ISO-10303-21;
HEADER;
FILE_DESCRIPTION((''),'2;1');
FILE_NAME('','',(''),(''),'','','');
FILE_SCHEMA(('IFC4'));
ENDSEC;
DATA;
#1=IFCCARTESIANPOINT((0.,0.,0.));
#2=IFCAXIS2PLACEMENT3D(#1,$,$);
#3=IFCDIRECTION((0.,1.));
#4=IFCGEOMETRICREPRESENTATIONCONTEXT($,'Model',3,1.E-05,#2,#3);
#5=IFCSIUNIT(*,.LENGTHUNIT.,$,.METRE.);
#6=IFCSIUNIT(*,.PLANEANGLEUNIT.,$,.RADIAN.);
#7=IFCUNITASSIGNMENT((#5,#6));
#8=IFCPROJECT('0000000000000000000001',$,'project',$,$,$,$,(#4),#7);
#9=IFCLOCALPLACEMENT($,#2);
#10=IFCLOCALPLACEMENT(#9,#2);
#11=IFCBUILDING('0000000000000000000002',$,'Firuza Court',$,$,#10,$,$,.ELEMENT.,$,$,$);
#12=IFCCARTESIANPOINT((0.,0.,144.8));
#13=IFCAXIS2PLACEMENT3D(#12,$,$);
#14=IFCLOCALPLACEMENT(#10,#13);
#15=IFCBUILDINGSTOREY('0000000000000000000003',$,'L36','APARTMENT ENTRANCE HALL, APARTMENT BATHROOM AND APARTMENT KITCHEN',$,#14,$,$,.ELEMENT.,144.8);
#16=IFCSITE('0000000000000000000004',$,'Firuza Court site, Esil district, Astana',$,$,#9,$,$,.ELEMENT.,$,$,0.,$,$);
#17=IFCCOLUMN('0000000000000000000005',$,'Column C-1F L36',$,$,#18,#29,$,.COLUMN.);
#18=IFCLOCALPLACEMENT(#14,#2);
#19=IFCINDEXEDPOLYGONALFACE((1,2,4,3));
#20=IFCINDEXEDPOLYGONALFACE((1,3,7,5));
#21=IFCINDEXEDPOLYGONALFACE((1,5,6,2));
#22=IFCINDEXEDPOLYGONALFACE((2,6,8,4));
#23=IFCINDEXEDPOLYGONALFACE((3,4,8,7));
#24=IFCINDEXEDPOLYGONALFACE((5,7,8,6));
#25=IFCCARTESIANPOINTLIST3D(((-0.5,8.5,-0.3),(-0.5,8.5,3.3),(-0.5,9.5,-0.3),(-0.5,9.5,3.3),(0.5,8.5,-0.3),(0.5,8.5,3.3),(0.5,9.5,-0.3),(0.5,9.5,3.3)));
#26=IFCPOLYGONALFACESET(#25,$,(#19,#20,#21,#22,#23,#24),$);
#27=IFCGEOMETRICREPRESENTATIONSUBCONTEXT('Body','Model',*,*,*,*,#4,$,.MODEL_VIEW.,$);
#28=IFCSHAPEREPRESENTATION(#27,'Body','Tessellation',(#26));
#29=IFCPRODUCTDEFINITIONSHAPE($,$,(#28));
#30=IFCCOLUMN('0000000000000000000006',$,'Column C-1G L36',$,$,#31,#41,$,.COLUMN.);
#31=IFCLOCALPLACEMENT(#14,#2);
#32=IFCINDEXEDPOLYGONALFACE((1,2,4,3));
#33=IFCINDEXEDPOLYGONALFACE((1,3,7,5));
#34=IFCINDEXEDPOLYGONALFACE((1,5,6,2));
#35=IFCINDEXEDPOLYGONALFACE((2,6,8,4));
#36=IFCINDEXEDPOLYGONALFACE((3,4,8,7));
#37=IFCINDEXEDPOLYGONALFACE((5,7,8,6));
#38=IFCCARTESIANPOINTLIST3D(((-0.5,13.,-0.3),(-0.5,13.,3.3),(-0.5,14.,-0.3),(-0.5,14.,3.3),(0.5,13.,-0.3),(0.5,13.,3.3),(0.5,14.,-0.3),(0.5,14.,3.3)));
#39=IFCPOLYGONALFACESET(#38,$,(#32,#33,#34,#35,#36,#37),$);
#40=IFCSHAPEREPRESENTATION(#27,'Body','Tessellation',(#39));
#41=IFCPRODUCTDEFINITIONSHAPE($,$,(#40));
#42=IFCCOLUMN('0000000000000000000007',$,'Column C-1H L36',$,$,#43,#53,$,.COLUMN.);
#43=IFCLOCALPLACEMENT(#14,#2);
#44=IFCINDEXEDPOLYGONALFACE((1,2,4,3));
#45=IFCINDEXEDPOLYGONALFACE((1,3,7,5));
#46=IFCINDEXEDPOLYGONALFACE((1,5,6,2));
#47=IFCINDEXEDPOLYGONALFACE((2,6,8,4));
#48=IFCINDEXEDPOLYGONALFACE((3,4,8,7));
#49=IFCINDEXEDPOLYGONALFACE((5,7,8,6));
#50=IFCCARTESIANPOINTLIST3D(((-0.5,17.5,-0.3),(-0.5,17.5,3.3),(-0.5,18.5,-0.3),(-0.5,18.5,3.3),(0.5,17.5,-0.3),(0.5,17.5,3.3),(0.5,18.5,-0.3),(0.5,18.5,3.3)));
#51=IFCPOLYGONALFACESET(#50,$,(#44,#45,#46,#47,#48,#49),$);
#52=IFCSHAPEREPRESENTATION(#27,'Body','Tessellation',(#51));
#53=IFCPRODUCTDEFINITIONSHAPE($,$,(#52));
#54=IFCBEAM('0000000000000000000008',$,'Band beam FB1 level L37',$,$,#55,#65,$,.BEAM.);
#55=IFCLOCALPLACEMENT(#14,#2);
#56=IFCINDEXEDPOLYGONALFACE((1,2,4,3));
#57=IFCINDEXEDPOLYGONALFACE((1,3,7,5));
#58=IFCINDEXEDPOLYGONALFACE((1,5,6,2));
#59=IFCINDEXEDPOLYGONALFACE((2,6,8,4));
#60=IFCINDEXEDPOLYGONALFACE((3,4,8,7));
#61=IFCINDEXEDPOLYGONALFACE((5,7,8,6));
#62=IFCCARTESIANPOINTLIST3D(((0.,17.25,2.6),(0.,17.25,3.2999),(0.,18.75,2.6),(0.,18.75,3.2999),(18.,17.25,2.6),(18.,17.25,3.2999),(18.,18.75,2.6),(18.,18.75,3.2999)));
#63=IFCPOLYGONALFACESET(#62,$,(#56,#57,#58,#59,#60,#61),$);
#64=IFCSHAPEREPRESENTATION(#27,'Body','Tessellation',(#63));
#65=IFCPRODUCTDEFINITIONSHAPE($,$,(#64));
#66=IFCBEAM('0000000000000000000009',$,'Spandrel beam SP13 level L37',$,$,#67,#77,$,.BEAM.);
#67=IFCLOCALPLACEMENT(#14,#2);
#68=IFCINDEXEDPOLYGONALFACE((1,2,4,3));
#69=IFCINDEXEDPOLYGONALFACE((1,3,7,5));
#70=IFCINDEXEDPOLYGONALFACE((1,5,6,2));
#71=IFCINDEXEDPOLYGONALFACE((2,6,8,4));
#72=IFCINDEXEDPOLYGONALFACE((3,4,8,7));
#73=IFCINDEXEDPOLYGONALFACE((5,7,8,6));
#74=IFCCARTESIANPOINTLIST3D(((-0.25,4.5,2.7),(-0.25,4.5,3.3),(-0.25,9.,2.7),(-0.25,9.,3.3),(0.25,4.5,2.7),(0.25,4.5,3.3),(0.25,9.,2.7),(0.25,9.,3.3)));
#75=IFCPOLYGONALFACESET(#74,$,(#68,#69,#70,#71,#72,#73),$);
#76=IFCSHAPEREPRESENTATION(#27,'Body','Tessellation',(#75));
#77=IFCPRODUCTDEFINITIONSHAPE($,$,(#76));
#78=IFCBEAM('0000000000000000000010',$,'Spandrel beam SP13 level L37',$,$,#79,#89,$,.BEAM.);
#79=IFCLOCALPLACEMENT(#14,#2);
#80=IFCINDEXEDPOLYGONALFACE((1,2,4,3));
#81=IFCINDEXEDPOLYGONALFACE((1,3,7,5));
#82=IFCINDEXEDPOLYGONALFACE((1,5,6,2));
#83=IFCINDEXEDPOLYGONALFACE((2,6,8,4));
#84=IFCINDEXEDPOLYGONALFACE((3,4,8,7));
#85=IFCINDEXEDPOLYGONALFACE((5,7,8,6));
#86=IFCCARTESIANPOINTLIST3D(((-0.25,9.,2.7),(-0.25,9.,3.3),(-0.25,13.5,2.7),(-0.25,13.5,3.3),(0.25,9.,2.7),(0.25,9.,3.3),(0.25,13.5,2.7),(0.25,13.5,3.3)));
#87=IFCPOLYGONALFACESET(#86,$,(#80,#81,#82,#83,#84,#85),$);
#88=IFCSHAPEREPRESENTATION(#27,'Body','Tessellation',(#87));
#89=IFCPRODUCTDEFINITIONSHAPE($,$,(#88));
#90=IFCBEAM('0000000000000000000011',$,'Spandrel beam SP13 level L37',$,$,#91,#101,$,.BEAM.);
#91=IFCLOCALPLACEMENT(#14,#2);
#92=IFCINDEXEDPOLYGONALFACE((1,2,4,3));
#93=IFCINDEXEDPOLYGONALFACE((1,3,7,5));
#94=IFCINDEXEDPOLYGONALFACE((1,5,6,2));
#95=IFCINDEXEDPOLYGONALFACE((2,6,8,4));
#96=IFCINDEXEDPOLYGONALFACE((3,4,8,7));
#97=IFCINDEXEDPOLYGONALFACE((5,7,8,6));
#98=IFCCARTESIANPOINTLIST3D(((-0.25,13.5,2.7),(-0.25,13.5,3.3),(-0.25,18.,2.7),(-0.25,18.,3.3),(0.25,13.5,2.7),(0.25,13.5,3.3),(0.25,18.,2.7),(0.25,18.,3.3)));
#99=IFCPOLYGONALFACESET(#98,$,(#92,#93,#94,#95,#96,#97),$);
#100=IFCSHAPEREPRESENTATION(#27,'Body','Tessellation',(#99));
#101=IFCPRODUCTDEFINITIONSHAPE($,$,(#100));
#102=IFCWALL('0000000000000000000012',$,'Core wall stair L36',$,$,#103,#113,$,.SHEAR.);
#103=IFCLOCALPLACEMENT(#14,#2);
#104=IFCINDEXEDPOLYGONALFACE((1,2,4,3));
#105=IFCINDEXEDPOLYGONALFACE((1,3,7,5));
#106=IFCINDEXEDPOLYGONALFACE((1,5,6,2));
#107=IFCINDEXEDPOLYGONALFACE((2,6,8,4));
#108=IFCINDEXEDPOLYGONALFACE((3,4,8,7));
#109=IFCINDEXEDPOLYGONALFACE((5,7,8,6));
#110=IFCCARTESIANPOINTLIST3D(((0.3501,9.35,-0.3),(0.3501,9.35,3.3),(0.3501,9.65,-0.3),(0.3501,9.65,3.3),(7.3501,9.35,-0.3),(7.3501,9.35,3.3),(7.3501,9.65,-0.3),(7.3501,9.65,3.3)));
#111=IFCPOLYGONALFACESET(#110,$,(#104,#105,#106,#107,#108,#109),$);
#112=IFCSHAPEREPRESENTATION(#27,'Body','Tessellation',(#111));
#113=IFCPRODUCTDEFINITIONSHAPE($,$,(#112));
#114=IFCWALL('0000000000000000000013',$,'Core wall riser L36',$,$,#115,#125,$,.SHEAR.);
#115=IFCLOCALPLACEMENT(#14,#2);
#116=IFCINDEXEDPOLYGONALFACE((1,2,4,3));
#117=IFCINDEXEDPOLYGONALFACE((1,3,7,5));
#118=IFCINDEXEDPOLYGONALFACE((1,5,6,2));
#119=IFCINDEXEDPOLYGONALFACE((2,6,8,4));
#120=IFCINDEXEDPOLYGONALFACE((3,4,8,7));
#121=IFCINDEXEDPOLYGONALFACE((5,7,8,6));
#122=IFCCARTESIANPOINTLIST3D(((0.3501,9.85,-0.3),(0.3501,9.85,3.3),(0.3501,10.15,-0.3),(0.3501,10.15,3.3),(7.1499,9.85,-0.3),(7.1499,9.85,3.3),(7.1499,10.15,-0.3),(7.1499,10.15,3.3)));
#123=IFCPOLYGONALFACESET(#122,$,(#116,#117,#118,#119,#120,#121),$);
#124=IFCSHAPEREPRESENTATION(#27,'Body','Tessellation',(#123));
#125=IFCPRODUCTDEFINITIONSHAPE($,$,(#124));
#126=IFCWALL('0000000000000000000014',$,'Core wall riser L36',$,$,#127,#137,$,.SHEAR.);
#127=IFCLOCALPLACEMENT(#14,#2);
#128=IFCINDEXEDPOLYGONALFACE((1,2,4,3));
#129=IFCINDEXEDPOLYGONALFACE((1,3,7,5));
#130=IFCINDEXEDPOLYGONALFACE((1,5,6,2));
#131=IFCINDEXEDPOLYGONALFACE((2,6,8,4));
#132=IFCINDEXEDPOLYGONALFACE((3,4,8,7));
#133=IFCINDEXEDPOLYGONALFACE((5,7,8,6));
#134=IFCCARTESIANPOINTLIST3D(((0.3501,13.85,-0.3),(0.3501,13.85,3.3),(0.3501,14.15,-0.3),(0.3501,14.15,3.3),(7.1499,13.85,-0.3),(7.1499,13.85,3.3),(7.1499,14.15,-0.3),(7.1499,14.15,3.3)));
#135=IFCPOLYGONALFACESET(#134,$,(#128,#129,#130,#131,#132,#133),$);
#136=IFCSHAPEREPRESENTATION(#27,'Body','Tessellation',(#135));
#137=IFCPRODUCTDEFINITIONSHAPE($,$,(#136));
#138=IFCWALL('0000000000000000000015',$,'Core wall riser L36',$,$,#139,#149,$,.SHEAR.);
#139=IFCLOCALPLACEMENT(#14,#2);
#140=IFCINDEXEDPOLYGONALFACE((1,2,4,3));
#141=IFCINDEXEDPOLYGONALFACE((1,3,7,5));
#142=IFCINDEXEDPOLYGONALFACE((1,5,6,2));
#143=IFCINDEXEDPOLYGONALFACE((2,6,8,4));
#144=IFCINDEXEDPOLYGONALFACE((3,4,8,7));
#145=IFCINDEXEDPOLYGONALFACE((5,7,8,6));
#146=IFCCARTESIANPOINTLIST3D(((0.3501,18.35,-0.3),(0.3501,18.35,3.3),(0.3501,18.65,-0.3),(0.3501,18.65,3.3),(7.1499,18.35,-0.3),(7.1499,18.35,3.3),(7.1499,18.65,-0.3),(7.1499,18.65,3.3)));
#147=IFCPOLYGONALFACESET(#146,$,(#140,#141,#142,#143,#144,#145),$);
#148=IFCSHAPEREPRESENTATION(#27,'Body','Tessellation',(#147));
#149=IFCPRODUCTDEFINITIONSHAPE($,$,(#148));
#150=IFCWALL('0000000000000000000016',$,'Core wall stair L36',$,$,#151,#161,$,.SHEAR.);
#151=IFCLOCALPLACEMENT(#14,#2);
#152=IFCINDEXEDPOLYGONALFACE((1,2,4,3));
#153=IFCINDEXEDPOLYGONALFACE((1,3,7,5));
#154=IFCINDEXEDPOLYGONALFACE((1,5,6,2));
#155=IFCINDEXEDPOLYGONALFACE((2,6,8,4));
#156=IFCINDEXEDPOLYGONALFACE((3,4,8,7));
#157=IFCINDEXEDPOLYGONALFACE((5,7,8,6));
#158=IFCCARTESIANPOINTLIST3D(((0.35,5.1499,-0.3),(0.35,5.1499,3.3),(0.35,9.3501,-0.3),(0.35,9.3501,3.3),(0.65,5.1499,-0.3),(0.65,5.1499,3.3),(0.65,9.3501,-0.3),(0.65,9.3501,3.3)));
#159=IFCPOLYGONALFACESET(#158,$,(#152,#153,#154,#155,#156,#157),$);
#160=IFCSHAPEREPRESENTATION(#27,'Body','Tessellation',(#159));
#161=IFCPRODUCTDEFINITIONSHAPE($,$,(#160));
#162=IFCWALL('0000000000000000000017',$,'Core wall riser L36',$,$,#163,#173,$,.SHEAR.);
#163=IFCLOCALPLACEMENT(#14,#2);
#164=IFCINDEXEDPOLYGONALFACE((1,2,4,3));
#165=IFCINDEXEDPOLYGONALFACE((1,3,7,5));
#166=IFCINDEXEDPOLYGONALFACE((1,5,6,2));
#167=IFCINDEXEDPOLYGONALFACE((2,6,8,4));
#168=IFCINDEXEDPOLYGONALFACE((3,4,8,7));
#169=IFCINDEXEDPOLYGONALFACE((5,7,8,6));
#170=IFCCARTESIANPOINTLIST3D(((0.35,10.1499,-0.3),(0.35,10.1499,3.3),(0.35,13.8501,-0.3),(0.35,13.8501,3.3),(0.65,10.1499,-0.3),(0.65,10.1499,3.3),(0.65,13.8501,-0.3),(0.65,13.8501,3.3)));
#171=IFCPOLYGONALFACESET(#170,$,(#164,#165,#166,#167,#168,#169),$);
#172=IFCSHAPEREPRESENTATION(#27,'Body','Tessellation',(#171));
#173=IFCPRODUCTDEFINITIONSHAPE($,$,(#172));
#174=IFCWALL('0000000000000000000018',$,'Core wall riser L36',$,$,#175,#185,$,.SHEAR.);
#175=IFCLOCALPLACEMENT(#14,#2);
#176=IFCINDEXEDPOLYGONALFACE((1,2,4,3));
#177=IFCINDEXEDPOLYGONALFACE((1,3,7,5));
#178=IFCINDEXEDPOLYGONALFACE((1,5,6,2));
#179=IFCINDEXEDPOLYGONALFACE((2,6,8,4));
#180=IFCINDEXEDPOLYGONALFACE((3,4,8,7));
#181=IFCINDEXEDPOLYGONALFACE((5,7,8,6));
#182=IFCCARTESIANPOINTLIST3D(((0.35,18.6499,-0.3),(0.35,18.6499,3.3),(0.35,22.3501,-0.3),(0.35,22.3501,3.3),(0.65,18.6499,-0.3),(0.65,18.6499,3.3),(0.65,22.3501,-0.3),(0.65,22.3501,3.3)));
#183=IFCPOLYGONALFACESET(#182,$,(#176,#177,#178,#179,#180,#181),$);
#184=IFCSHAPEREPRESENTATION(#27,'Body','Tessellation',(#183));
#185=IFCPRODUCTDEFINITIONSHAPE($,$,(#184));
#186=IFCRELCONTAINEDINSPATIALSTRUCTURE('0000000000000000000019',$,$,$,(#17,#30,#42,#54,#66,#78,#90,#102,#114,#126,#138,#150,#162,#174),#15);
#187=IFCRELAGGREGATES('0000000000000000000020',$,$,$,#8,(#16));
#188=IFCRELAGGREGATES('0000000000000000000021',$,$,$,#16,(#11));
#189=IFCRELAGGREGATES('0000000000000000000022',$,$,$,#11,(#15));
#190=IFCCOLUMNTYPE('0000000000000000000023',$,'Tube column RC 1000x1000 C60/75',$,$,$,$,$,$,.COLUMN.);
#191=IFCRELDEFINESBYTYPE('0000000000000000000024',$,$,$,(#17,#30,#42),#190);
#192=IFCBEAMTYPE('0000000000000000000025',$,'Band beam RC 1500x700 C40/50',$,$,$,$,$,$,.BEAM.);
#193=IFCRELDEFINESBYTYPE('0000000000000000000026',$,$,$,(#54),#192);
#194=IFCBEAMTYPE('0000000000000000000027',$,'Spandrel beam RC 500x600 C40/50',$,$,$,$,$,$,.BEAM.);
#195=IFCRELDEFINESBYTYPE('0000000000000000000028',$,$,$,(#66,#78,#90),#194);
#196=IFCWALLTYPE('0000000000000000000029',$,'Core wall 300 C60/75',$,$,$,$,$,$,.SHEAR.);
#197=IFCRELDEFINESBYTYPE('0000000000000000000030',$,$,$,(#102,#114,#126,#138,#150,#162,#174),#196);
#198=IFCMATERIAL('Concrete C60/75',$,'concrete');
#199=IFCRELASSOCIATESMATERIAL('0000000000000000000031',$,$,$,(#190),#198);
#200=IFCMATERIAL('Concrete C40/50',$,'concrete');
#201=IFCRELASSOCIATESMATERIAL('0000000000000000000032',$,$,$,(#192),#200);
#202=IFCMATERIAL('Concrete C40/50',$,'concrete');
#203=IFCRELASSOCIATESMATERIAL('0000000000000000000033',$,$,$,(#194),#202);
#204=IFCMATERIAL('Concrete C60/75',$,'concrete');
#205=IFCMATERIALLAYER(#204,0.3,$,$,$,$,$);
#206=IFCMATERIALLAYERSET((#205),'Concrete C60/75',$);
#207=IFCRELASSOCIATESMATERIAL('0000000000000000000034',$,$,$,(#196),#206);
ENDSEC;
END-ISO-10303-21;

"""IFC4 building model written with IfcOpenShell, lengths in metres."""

from ifc_helpers import new_model, si_unit, direction, frame, frame_2d, origin, origin_2d, place, context, subcontext, project, spatial, rectangle, extrude, material, layer, layer_set, material_profile, profile_set, type_object, element, save


model = new_model("IFC4")

# Units and contexts
model_context = context("Model", 3, precision=1e-05, world=origin(), true_north=direction((0.0, 1.0)))
body_context = subcontext(model_context, "Body", "Model", "MODEL_VIEW")
ifc_project = project(units=[si_unit("LENGTHUNIT", "METRE"), si_unit("PLANEANGLEUNIT", "RADIAN")], contexts=[model_context])

# Site, building, storey
site_placement = place(None, origin())
site = spatial("IfcSite", under=ifc_project, at=site_placement, Name="Firuza Court site, Esil district, Astana", CompositionType="ELEMENT", RefElevation=0.0)
building_placement = place(site_placement, origin())
building = spatial("IfcBuilding", under=site, at=building_placement, Name="Firuza Court", CompositionType="ELEMENT")
storey_placement = place(building_placement, frame((0.0, 0.0, 144.8)))
storey = spatial("IfcBuildingStorey", under=building, at=storey_placement, Name="L36", Description="APARTMENT ENTRANCE HALL, APARTMENT BATHROOM AND APARTMENT KITCHEN", CompositionType="ELEMENT", Elevation=144.8)

# Columns
ifc_material_1 = material(Name="Concrete C60/75", Category="concrete")
ifc_material_profile_1 = material_profile(ifc_material_1, rectangle(XDim=1.0, YDim=1.0, at=origin_2d()), Name="RC 1000x1000")
ifc_profile_set_1 = profile_set([ifc_material_profile_1], Name="Concrete C60/75")
column_type = type_object("IfcColumnType", Name="Tube column RC 1000x1000 C60/75", PredefinedType="COLUMN", material=ifc_profile_set_1)
for number, where, z_axis, x_axis, name in (
    (1, (0.0, 9.0, -0.3), (0.0, 0.0, 1.0), (1.0, 0.0, 0.0), "Column C-1F L36"),
    (2, (0.0, 13.5, -0.3), (0.0, 0.0, 1.0), (1.0, 0.0, 0.0), "Column C-1G L36"),
    (3, (0.0, 18.0, -0.3), (0.0, 0.0, 1.0), (1.0, 0.0, 0.0), "Column C-1H L36"),
):
    element("IfcColumn", number, at=place(storey_placement, frame(where, z_axis=z_axis, x_axis=x_axis)), inside=storey, type_object=column_type, Name=name, PredefinedType="COLUMN", context=body_context, shape_type="SweptSolid", body=[
        extrude(rectangle(XDim=1.0, YDim=1.0, at=origin_2d()), origin(), (0.0, 0.0, 1.0), 3.6001),
    ])

# Beams
ifc_material_2 = material(Name="Concrete C40/50", Category="concrete")
ifc_material_profile_2 = material_profile(ifc_material_2, rectangle(XDim=1.5, YDim=0.7, at=origin_2d()), Name="RC 1500x700")
ifc_profile_set_2 = profile_set([ifc_material_profile_2], Name="Concrete C40/50")
beam_type_1 = type_object("IfcBeamType", Name="Band beam RC 1500x700 C40/50", PredefinedType="BEAM", material=ifc_profile_set_2)
beam_placement = place(storey_placement, frame((0.0, 18.0, 2.95), z_axis=(1.0, 0.0, 0.0), x_axis=(0.0, 1.0, 0.0)))
element("IfcBeam", 4, at=beam_placement, inside=storey, type_object=beam_type_1, Name="Band beam FB1 level L37", PredefinedType="BEAM", context=body_context, shape_type="SweptSolid", body=[
    extrude(rectangle(XDim=1.5, YDim=0.7, at=origin_2d()), origin(), (0.0, 0.0, 1.0), 18.0),
])
ifc_material_3 = material(Name="Concrete C40/50", Category="concrete")
ifc_material_profile_3 = material_profile(ifc_material_3, rectangle(XDim=0.5, YDim=0.6001, at=origin_2d()), Name="RC 500x600")
ifc_profile_set_3 = profile_set([ifc_material_profile_3], Name="Concrete C40/50")
beam_type_2 = type_object("IfcBeamType", Name="Spandrel beam RC 500x600 C40/50", PredefinedType="BEAM", material=ifc_profile_set_3)
for number, where, z_axis, x_axis, name in (
    (5, (0.0, 9.0, 3.0), (0.0, -1.0, 0.0), (1.0, 0.0, 0.0), "Spandrel beam SP13 level L37"),
    (6, (0.0, 13.5, 3.0), (0.0, -1.0, 0.0), (1.0, 0.0, 0.0), "Spandrel beam SP13 level L37"),
    (7, (0.0, 18.0, 3.0), (0.0, -1.0, 0.0), (1.0, 0.0, 0.0), "Spandrel beam SP13 level L37"),
):
    element("IfcBeam", number, at=place(storey_placement, frame(where, z_axis=z_axis, x_axis=x_axis)), inside=storey, type_object=beam_type_2, Name=name, PredefinedType="BEAM", context=body_context, shape_type="SweptSolid", body=[
        extrude(rectangle(XDim=0.5, YDim=0.6001, at=origin_2d()), origin(), (0.0, 0.0, 1.0), 4.5),
    ])

# Walls
ifc_material_4 = material(Name="Concrete C60/75", Category="concrete")
ifc_layer_1 = layer(ifc_material_4, 0.3)
ifc_layer_set_1 = layer_set([ifc_layer_1], Name="Concrete C60/75")
wall_type_1 = type_object("IfcWallType", Name="Core wall 300 C60/75", PredefinedType="SHEAR", material=ifc_layer_set_1)
wall_1_placement = place(storey_placement, frame((0.3501, 9.5, -0.3), z_axis=(0.0, 0.0, 1.0), x_axis=(1.0, 0.0, 0.0)))
element("IfcWall", 8, at=wall_1_placement, inside=storey, type_object=wall_type_1, Name="Core wall stair L36", PredefinedType="SHEAR", context=body_context, shape_type="SweptSolid", body=[
    extrude(rectangle(XDim=7.0, YDim=0.3, at=frame_2d((3.5, 0.0))), origin(), (0.0, 0.0, 1.0), 3.6001),
])
for number, where, z_axis, x_axis, name in (
    (9, (0.3501, 10.0, -0.3), (0.0, 0.0, 1.0), (1.0, 0.0, 0.0), "Core wall riser L36"),
    (10, (0.3501, 14.0, -0.3), (0.0, 0.0, 1.0), (1.0, 0.0, 0.0), "Core wall riser L36"),
    (11, (0.3501, 18.5, -0.3), (0.0, 0.0, 1.0), (1.0, 0.0, 0.0), "Core wall riser L36"),
):
    element("IfcWall", number, at=place(storey_placement, frame(where, z_axis=z_axis, x_axis=x_axis)), inside=storey, type_object=wall_type_1, Name=name, PredefinedType="SHEAR", context=body_context, shape_type="SweptSolid", body=[
        extrude(rectangle(XDim=6.7998, YDim=0.3, at=frame_2d((3.3999, 0.0))), origin(), (0.0, 0.0, 1.0), 3.6001),
    ])
wall_2_placement = place(storey_placement, frame((0.5, 5.1499, -0.3), z_axis=(0.0, 0.0, 1.0), x_axis=(0.0, 1.0, 0.0)))
element("IfcWall", 12, at=wall_2_placement, inside=storey, type_object=wall_type_1, Name="Core wall stair L36", PredefinedType="SHEAR", context=body_context, shape_type="SweptSolid", body=[
    extrude(rectangle(XDim=4.2002, YDim=0.3, at=frame_2d((2.1001, 0.0))), origin(), (0.0, 0.0, 1.0), 3.6001),
])
for number, where, z_axis, x_axis, name in (
    (13, (0.5, 10.1499, -0.3), (0.0, 0.0, 1.0), (0.0, 1.0, 0.0), "Core wall riser L36"),
    (14, (0.5, 18.6499, -0.3), (0.0, 0.0, 1.0), (0.0, 1.0, 0.0), "Core wall riser L36"),
):
    element("IfcWall", number, at=place(storey_placement, frame(where, z_axis=z_axis, x_axis=x_axis)), inside=storey, type_object=wall_type_1, Name=name, PredefinedType="SHEAR", context=body_context, shape_type="SweptSolid", body=[
        extrude(rectangle(XDim=3.7002, YDim=0.3, at=frame_2d((1.8501, 0.0))), origin(), (0.0, 0.0, 1.0), 3.6001),
    ])

save(model, "model.ifc")
